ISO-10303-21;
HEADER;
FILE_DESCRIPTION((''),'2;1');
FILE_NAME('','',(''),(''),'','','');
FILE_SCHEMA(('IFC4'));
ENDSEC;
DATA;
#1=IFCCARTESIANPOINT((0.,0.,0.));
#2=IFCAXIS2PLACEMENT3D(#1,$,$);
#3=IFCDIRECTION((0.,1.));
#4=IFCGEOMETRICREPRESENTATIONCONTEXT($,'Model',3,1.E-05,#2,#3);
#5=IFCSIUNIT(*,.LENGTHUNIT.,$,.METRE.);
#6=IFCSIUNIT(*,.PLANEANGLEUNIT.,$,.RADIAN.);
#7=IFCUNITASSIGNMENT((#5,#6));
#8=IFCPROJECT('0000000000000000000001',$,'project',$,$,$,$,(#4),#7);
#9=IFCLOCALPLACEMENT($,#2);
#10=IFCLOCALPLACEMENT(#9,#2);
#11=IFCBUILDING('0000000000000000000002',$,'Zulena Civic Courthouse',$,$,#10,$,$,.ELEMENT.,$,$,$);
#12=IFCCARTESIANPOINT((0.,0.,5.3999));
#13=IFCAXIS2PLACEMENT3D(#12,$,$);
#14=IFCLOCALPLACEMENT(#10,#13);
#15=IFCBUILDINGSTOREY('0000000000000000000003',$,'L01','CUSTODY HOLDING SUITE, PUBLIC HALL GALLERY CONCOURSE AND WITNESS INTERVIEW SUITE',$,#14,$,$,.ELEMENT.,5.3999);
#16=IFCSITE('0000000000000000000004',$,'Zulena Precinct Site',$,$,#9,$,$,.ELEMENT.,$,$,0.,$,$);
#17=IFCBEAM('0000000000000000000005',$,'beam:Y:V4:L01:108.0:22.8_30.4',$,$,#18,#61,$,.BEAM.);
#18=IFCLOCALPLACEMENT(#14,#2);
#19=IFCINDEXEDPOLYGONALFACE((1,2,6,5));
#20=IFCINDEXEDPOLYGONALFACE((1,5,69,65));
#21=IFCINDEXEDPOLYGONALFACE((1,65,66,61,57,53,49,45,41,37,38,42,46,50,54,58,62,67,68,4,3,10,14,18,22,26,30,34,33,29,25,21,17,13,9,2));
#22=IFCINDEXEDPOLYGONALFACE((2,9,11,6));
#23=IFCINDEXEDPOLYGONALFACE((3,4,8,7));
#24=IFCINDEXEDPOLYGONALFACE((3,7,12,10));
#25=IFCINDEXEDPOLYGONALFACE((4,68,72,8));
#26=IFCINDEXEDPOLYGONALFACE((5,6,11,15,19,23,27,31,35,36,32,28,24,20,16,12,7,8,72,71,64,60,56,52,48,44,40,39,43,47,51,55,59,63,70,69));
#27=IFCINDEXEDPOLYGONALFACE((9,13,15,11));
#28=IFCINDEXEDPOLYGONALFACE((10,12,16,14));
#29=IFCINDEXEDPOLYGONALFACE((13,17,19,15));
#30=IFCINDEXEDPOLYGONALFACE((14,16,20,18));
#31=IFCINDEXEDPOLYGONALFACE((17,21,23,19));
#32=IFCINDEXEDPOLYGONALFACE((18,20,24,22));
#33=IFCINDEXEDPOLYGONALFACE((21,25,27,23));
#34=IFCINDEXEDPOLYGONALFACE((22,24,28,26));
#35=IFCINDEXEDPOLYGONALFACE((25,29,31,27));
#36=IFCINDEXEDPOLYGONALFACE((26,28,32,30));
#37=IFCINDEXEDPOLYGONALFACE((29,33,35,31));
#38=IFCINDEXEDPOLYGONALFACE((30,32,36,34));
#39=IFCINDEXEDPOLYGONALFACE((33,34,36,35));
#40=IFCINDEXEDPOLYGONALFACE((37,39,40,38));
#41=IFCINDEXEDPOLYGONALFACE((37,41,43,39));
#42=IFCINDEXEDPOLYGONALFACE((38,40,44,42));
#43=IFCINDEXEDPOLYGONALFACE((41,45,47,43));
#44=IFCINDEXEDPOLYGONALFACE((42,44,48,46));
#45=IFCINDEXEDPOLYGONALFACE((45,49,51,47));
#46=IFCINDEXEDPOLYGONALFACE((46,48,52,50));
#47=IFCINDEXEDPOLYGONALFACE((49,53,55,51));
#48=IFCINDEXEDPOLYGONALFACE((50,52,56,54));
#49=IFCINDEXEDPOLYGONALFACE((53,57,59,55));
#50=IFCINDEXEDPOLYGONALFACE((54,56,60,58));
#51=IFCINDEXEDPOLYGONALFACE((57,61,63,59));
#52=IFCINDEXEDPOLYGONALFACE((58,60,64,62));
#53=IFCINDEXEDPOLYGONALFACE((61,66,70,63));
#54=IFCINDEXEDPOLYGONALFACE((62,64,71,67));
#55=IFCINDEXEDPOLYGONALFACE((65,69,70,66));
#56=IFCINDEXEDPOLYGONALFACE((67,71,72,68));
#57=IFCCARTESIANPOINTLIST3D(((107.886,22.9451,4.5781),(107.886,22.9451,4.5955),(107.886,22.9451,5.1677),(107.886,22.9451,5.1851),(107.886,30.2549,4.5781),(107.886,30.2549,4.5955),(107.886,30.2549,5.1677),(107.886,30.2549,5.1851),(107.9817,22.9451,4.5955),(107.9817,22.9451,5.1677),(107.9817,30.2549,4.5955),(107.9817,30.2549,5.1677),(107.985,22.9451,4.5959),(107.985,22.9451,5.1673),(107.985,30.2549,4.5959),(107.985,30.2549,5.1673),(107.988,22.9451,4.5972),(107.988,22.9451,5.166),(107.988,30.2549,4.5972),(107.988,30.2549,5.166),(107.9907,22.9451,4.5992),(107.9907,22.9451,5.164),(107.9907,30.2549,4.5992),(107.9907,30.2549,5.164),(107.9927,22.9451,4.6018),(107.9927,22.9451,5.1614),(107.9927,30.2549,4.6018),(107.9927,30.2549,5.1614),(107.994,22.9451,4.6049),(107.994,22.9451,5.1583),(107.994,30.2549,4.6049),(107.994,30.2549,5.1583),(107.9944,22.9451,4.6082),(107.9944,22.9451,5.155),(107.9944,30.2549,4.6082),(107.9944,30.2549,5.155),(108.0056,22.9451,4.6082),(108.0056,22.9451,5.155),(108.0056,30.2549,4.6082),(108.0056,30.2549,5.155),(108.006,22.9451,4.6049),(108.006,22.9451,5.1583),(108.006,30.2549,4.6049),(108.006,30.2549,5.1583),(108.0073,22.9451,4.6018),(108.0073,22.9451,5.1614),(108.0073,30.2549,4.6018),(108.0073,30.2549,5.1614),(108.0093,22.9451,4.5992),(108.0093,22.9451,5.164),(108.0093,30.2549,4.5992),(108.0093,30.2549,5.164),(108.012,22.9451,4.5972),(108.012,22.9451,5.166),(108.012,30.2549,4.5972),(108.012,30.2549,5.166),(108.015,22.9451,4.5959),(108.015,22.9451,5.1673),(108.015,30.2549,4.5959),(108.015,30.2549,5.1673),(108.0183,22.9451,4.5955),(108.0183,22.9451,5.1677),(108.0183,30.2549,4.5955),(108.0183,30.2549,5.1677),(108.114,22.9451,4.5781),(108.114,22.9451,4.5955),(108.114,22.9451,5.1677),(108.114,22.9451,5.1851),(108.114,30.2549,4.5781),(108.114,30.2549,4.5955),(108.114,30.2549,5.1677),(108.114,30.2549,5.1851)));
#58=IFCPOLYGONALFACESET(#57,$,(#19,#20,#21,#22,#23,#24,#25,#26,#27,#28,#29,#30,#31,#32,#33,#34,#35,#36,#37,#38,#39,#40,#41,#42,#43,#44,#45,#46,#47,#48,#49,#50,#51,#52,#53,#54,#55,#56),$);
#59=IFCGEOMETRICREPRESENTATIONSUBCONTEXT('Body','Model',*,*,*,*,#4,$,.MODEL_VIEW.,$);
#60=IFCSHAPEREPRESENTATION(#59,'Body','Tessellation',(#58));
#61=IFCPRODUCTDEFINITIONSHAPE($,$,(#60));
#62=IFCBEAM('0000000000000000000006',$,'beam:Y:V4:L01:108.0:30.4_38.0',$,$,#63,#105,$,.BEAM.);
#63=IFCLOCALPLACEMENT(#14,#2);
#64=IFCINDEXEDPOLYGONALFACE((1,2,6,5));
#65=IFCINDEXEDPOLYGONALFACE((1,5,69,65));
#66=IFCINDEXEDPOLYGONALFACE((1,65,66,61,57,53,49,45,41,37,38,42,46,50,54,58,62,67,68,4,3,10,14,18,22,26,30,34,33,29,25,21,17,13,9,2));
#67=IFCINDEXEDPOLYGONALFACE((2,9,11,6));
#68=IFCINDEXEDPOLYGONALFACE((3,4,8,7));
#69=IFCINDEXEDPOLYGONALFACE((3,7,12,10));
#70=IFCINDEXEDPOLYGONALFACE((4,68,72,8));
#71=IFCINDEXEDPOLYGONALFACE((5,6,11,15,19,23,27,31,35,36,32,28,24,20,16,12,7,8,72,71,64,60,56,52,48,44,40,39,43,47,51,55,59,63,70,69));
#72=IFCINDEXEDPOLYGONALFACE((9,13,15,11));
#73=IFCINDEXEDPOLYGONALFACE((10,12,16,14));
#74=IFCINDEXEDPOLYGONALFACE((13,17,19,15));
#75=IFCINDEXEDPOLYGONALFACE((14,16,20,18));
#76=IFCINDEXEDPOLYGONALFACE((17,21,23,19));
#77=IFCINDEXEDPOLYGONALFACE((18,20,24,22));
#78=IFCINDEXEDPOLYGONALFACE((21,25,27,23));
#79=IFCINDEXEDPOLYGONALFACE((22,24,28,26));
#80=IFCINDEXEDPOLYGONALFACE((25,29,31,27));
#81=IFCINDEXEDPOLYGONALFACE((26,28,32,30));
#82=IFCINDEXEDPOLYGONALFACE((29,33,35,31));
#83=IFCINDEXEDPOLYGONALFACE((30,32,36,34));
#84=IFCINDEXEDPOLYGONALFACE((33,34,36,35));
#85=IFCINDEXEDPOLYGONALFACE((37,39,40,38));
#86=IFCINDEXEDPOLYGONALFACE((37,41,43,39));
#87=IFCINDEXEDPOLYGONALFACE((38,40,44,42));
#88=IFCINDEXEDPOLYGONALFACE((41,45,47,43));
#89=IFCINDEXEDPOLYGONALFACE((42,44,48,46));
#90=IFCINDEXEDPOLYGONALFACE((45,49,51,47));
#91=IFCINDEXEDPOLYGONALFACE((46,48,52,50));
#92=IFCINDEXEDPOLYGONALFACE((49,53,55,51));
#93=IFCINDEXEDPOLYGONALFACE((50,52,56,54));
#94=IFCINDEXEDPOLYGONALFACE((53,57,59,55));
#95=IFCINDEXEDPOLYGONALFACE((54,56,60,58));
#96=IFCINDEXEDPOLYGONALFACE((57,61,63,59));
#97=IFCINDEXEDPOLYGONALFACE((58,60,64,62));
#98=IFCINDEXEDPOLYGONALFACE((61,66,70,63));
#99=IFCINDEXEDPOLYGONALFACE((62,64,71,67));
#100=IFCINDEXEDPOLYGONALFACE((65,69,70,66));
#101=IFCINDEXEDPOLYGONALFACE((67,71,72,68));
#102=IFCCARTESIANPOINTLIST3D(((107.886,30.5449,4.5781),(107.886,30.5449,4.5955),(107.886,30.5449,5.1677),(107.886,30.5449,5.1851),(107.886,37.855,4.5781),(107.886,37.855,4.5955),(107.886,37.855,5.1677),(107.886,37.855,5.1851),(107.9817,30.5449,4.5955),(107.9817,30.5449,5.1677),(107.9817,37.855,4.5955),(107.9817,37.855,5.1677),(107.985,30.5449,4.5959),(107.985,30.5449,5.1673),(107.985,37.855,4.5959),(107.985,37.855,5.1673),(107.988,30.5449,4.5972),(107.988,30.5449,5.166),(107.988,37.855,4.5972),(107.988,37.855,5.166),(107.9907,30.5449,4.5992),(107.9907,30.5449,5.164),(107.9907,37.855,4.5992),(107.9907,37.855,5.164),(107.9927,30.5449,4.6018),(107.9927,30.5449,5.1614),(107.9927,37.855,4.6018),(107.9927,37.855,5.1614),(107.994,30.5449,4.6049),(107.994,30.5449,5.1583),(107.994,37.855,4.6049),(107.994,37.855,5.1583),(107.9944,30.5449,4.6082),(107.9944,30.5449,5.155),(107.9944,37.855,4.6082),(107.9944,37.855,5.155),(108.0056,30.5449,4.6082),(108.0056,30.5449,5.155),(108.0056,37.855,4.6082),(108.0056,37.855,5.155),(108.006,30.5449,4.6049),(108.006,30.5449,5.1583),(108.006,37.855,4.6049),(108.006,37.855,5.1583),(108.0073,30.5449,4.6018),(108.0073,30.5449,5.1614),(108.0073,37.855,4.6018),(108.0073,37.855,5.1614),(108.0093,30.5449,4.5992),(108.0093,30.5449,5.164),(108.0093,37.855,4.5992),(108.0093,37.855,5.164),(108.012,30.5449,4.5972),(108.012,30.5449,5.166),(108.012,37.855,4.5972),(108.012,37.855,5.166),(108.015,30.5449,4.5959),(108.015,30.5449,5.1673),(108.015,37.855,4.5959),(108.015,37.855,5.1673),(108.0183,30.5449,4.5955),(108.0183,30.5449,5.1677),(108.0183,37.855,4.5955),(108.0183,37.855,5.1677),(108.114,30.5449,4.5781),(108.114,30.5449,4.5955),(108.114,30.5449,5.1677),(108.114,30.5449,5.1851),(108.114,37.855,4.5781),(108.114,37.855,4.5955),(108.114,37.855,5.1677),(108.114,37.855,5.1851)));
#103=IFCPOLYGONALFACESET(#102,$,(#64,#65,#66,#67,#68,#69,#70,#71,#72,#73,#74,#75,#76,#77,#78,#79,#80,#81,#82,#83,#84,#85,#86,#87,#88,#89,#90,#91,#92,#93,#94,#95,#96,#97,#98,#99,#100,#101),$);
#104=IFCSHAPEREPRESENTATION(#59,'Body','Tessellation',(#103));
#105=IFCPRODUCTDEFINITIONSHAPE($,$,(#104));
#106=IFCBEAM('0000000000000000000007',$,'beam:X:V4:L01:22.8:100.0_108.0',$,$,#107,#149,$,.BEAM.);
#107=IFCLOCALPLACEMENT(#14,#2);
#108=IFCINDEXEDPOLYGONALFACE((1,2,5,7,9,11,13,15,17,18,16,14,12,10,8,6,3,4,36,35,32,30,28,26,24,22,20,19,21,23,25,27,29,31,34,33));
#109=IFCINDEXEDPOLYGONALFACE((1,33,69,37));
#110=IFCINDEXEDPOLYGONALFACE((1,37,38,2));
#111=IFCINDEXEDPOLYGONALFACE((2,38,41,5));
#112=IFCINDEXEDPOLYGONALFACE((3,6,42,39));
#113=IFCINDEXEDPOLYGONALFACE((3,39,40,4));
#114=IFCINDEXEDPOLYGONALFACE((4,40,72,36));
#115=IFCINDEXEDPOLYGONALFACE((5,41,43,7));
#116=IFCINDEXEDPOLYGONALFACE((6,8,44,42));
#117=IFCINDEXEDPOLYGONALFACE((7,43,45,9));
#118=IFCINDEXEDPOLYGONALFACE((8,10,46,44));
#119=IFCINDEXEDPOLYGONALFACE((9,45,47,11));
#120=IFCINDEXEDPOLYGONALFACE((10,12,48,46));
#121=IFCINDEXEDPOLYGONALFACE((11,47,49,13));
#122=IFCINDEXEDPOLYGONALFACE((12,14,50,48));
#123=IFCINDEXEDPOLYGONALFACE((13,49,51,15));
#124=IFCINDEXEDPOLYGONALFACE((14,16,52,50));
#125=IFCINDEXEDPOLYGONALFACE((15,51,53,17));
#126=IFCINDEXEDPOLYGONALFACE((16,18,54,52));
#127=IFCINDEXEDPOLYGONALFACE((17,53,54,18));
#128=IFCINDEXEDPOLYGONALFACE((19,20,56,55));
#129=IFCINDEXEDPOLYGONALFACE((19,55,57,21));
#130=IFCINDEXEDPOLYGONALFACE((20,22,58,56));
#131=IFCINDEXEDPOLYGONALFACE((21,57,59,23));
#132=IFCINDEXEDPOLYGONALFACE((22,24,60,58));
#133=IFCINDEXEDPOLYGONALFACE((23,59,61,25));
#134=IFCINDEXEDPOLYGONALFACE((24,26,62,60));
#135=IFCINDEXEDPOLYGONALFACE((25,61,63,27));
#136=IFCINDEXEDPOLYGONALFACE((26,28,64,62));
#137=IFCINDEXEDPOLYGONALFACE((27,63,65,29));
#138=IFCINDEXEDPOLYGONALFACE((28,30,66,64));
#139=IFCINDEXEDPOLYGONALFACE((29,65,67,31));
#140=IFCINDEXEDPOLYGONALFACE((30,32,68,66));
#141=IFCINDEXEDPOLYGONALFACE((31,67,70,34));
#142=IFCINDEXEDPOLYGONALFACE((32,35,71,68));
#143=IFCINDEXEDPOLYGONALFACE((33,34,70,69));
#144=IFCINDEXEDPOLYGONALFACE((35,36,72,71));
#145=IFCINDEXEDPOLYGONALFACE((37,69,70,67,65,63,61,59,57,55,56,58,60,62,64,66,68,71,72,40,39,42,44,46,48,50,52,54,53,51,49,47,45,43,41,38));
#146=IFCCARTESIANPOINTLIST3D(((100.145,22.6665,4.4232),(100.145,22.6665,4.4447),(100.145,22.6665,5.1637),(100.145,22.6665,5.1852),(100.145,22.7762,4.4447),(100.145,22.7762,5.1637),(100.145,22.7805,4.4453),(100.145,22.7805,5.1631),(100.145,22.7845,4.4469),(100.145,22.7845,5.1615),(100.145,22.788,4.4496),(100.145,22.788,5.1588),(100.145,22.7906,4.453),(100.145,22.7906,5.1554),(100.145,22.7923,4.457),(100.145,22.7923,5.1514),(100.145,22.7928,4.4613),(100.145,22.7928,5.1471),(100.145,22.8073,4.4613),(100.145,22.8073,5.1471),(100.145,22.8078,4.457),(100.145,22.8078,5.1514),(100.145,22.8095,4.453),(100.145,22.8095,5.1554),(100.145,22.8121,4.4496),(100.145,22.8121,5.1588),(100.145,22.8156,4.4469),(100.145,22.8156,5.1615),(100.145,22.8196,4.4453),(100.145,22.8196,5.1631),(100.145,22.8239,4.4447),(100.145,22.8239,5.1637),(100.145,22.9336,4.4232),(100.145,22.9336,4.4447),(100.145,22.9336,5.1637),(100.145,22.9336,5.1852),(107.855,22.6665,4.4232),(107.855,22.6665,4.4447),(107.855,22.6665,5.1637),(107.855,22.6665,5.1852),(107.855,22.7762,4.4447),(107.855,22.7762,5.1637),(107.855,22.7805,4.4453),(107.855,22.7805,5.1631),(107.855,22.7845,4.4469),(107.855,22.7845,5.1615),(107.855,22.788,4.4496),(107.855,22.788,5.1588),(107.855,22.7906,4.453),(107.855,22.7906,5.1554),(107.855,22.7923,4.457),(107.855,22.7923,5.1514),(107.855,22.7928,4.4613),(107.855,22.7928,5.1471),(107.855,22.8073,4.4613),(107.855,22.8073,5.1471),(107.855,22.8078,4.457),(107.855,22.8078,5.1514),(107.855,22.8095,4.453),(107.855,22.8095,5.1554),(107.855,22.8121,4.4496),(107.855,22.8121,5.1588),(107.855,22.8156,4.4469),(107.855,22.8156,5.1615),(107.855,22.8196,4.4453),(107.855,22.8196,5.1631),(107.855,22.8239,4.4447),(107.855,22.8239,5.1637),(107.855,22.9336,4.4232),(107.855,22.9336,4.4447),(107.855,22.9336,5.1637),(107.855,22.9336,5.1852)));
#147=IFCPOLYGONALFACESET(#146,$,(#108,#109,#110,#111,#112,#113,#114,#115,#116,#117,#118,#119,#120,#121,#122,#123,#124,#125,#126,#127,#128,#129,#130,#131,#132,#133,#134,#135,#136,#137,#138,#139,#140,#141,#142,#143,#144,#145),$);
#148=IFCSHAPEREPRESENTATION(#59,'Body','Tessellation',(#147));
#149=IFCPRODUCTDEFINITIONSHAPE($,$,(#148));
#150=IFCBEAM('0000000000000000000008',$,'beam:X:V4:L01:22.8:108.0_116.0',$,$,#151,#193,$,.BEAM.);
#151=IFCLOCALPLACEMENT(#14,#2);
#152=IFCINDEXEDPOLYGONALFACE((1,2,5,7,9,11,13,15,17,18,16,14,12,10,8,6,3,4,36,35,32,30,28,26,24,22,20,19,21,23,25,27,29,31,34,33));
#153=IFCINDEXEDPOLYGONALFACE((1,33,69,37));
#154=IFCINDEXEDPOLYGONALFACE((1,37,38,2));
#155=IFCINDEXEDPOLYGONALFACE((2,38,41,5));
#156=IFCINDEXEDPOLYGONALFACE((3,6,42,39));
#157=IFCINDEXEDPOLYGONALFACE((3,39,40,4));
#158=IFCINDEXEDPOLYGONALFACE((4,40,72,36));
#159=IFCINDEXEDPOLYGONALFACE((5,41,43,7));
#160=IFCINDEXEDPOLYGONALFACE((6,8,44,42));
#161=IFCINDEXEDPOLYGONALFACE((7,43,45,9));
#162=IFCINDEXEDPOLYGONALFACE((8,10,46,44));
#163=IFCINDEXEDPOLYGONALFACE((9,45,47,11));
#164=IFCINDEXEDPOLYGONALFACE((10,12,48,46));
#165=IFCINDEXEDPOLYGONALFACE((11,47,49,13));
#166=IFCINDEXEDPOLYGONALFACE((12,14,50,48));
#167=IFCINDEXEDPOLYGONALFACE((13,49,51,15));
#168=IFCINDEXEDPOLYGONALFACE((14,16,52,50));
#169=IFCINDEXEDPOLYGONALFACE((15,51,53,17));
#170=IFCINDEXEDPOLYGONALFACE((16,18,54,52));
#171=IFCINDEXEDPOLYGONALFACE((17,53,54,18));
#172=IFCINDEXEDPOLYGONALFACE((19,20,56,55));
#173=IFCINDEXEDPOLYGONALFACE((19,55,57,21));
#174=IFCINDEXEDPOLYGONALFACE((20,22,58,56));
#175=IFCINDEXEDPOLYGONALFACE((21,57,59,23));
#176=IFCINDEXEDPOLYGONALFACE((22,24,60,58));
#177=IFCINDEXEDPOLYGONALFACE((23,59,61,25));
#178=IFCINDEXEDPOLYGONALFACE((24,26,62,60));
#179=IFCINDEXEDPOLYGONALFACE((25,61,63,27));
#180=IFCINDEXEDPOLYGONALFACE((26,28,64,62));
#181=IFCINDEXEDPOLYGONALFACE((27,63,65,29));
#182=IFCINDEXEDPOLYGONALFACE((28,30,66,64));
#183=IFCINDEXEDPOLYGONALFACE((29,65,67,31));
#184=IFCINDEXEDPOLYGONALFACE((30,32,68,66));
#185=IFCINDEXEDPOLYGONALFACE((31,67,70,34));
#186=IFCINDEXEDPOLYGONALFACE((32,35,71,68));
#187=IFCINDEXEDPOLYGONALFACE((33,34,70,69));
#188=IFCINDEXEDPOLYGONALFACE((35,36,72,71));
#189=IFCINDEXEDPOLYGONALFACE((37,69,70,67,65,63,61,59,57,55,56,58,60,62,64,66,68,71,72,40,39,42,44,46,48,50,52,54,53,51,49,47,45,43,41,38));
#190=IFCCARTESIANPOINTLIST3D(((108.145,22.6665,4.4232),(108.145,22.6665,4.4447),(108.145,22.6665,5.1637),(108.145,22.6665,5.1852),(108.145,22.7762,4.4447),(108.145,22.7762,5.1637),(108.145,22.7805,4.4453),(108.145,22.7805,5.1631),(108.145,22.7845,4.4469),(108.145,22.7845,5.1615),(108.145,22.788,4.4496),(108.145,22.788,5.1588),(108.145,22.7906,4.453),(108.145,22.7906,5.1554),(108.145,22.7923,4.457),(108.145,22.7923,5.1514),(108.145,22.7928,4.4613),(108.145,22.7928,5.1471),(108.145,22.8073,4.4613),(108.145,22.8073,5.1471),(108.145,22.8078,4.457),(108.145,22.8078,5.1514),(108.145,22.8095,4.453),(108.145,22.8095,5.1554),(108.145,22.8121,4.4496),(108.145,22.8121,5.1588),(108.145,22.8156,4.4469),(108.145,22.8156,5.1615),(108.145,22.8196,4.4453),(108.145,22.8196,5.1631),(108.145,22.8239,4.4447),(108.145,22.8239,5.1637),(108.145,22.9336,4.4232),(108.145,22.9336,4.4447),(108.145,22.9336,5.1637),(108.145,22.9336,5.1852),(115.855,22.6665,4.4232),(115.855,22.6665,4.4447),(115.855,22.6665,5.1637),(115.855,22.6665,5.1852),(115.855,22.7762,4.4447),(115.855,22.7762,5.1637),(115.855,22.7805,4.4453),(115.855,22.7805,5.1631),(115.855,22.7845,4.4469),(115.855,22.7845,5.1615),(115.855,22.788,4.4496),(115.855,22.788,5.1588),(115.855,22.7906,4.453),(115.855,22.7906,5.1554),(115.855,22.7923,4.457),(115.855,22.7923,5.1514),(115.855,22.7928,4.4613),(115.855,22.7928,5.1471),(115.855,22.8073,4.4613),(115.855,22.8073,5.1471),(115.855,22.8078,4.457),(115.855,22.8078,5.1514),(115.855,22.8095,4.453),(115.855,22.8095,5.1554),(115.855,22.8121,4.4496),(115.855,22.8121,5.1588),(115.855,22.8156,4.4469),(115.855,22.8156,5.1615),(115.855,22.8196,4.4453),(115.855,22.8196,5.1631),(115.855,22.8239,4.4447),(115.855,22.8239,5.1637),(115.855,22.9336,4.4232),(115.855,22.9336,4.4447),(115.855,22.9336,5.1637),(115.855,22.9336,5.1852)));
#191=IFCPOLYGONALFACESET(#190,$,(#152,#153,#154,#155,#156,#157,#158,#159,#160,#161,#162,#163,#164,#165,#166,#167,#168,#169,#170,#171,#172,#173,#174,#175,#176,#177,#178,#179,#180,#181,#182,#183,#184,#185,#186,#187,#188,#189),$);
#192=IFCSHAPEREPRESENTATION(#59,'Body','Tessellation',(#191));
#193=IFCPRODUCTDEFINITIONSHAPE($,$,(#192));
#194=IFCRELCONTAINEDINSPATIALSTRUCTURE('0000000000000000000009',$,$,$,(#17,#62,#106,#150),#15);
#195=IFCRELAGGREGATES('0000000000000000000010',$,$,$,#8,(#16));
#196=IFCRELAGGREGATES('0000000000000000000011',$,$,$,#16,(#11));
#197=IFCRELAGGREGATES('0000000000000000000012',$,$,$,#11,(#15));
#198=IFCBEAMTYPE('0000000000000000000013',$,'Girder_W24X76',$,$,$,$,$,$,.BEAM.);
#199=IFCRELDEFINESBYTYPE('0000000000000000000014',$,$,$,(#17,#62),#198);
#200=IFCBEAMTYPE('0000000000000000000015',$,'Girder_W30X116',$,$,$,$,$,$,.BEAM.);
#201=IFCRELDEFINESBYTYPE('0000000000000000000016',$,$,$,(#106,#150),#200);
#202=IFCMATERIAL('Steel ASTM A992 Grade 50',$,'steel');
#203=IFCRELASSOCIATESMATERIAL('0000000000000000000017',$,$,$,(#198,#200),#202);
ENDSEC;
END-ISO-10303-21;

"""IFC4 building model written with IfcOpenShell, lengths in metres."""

from ifc_helpers import new_model, si_unit, direction, frame, origin, origin_2d, place, context, subcontext, project, spatial, i_section, extrude, material, material_profile, profile_set, type_object, element, save


model = new_model("IFC4")

# Units and contexts
model_context = context("Model", 3, precision=1e-05, world=origin(), true_north=direction((0.0, 1.0)))
body_context = subcontext(model_context, "Body", "Model", "MODEL_VIEW")
ifc_project = project(units=[si_unit("LENGTHUNIT", "METRE"), si_unit("PLANEANGLEUNIT", "RADIAN")], contexts=[model_context])

# Site, building, storey
site_placement = place(None, origin())
site = spatial("IfcSite", under=ifc_project, at=site_placement, Name="Zulena Precinct Site", CompositionType="ELEMENT", RefElevation=0.0)
building_placement = place(site_placement, origin())
building = spatial("IfcBuilding", under=site, at=building_placement, Name="Zulena Civic Courthouse", CompositionType="ELEMENT")
storey_placement = place(building_placement, frame((0.0, 0.0, 5.3999)))
storey = spatial("IfcBuildingStorey", under=building, at=storey_placement, Name="L01", Description="CUSTODY HOLDING SUITE, PUBLIC HALL GALLERY CONCOURSE AND WITNESS INTERVIEW SUITE", CompositionType="ELEMENT", Elevation=5.3999)

# Shared definitions
ifc_material_1 = material(Name="Steel ASTM A992 Grade 50", Category="steel")

# Beams
ifc_material_profile_1 = material_profile(ifc_material_1, i_section(OverallWidth=0.228, OverallDepth=0.6069, WebThickness=0.0112, FlangeThickness=0.0173, FilletRadius=0.0127, at=origin_2d()), Name="W24X76")
ifc_profile_set_1 = profile_set([ifc_material_profile_1], Name="Steel ASTM A992 Grade 50")
beam_type_1 = type_object("IfcBeamType", Name="Girder_W24X76", PredefinedType="BEAM", material=ifc_profile_set_1)
beam_1_placement = place(storey_placement, frame((108.0, 22.9451, 4.8816), z_axis=(0.0, 1.0, 0.0), x_axis=(-1.0, 0.0, 0.0)))
element("IfcBeam", 1, at=beam_1_placement, inside=storey, type_object=beam_type_1, Name="beam:Y:V4:L01:108.0:22.8_30.4", PredefinedType="BEAM", context=body_context, shape_type="SweptSolid", body=[
    extrude(i_section(OverallWidth=0.228, OverallDepth=0.6069, WebThickness=0.0112, FlangeThickness=0.0173, FilletRadius=0.0127, at=origin_2d()), origin(), (0.0, 0.0, 1.0), 7.3098),
])
beam_2_placement = place(storey_placement, frame((108.0, 30.5449, 4.8816), z_axis=(0.0, 1.0, 0.0), x_axis=(-1.0, 0.0, 0.0)))
element("IfcBeam", 2, at=beam_2_placement, inside=storey, type_object=beam_type_1, Name="beam:Y:V4:L01:108.0:30.4_38.0", PredefinedType="BEAM", context=body_context, shape_type="SweptSolid", body=[
    extrude(i_section(OverallWidth=0.228, OverallDepth=0.6069, WebThickness=0.0112, FlangeThickness=0.0173, FilletRadius=0.0127, at=origin_2d()), origin(), (0.0, 0.0, 1.0), 7.3101),
])
ifc_material_profile_2 = material_profile(ifc_material_1, i_section(OverallWidth=0.2671, OverallDepth=0.762, WebThickness=0.0144, FlangeThickness=0.0215, FilletRadius=0.0166, at=origin_2d()), Name="W30X116")
ifc_profile_set_2 = profile_set([ifc_material_profile_2], Name="Steel ASTM A992 Grade 50")
beam_type_2 = type_object("IfcBeamType", Name="Girder_W30X116", PredefinedType="BEAM", material=ifc_profile_set_2)
for number, where, z_axis, x_axis, name in (
    (3, (100.145, 22.8, 4.8042), (1.0, 0.0, 0.0), (0.0, 1.0, 0.0), "beam:X:V4:L01:22.8:100.0_108.0"),
    (4, (108.145, 22.8, 4.8042), (1.0, 0.0, 0.0), (0.0, 1.0, 0.0), "beam:X:V4:L01:22.8:108.0_116.0"),
):
    element("IfcBeam", number, at=place(storey_placement, frame(where, z_axis=z_axis, x_axis=x_axis)), inside=storey, type_object=beam_type_2, Name=name, PredefinedType="BEAM", context=body_context, shape_type="SweptSolid", body=[
        extrude(i_section(OverallWidth=0.2671, OverallDepth=0.762, WebThickness=0.0144, FlangeThickness=0.0215, FilletRadius=0.0166, at=origin_2d()), origin(), (0.0, 0.0, 1.0), 7.71),
    ])

save(model, "model.ifc")
